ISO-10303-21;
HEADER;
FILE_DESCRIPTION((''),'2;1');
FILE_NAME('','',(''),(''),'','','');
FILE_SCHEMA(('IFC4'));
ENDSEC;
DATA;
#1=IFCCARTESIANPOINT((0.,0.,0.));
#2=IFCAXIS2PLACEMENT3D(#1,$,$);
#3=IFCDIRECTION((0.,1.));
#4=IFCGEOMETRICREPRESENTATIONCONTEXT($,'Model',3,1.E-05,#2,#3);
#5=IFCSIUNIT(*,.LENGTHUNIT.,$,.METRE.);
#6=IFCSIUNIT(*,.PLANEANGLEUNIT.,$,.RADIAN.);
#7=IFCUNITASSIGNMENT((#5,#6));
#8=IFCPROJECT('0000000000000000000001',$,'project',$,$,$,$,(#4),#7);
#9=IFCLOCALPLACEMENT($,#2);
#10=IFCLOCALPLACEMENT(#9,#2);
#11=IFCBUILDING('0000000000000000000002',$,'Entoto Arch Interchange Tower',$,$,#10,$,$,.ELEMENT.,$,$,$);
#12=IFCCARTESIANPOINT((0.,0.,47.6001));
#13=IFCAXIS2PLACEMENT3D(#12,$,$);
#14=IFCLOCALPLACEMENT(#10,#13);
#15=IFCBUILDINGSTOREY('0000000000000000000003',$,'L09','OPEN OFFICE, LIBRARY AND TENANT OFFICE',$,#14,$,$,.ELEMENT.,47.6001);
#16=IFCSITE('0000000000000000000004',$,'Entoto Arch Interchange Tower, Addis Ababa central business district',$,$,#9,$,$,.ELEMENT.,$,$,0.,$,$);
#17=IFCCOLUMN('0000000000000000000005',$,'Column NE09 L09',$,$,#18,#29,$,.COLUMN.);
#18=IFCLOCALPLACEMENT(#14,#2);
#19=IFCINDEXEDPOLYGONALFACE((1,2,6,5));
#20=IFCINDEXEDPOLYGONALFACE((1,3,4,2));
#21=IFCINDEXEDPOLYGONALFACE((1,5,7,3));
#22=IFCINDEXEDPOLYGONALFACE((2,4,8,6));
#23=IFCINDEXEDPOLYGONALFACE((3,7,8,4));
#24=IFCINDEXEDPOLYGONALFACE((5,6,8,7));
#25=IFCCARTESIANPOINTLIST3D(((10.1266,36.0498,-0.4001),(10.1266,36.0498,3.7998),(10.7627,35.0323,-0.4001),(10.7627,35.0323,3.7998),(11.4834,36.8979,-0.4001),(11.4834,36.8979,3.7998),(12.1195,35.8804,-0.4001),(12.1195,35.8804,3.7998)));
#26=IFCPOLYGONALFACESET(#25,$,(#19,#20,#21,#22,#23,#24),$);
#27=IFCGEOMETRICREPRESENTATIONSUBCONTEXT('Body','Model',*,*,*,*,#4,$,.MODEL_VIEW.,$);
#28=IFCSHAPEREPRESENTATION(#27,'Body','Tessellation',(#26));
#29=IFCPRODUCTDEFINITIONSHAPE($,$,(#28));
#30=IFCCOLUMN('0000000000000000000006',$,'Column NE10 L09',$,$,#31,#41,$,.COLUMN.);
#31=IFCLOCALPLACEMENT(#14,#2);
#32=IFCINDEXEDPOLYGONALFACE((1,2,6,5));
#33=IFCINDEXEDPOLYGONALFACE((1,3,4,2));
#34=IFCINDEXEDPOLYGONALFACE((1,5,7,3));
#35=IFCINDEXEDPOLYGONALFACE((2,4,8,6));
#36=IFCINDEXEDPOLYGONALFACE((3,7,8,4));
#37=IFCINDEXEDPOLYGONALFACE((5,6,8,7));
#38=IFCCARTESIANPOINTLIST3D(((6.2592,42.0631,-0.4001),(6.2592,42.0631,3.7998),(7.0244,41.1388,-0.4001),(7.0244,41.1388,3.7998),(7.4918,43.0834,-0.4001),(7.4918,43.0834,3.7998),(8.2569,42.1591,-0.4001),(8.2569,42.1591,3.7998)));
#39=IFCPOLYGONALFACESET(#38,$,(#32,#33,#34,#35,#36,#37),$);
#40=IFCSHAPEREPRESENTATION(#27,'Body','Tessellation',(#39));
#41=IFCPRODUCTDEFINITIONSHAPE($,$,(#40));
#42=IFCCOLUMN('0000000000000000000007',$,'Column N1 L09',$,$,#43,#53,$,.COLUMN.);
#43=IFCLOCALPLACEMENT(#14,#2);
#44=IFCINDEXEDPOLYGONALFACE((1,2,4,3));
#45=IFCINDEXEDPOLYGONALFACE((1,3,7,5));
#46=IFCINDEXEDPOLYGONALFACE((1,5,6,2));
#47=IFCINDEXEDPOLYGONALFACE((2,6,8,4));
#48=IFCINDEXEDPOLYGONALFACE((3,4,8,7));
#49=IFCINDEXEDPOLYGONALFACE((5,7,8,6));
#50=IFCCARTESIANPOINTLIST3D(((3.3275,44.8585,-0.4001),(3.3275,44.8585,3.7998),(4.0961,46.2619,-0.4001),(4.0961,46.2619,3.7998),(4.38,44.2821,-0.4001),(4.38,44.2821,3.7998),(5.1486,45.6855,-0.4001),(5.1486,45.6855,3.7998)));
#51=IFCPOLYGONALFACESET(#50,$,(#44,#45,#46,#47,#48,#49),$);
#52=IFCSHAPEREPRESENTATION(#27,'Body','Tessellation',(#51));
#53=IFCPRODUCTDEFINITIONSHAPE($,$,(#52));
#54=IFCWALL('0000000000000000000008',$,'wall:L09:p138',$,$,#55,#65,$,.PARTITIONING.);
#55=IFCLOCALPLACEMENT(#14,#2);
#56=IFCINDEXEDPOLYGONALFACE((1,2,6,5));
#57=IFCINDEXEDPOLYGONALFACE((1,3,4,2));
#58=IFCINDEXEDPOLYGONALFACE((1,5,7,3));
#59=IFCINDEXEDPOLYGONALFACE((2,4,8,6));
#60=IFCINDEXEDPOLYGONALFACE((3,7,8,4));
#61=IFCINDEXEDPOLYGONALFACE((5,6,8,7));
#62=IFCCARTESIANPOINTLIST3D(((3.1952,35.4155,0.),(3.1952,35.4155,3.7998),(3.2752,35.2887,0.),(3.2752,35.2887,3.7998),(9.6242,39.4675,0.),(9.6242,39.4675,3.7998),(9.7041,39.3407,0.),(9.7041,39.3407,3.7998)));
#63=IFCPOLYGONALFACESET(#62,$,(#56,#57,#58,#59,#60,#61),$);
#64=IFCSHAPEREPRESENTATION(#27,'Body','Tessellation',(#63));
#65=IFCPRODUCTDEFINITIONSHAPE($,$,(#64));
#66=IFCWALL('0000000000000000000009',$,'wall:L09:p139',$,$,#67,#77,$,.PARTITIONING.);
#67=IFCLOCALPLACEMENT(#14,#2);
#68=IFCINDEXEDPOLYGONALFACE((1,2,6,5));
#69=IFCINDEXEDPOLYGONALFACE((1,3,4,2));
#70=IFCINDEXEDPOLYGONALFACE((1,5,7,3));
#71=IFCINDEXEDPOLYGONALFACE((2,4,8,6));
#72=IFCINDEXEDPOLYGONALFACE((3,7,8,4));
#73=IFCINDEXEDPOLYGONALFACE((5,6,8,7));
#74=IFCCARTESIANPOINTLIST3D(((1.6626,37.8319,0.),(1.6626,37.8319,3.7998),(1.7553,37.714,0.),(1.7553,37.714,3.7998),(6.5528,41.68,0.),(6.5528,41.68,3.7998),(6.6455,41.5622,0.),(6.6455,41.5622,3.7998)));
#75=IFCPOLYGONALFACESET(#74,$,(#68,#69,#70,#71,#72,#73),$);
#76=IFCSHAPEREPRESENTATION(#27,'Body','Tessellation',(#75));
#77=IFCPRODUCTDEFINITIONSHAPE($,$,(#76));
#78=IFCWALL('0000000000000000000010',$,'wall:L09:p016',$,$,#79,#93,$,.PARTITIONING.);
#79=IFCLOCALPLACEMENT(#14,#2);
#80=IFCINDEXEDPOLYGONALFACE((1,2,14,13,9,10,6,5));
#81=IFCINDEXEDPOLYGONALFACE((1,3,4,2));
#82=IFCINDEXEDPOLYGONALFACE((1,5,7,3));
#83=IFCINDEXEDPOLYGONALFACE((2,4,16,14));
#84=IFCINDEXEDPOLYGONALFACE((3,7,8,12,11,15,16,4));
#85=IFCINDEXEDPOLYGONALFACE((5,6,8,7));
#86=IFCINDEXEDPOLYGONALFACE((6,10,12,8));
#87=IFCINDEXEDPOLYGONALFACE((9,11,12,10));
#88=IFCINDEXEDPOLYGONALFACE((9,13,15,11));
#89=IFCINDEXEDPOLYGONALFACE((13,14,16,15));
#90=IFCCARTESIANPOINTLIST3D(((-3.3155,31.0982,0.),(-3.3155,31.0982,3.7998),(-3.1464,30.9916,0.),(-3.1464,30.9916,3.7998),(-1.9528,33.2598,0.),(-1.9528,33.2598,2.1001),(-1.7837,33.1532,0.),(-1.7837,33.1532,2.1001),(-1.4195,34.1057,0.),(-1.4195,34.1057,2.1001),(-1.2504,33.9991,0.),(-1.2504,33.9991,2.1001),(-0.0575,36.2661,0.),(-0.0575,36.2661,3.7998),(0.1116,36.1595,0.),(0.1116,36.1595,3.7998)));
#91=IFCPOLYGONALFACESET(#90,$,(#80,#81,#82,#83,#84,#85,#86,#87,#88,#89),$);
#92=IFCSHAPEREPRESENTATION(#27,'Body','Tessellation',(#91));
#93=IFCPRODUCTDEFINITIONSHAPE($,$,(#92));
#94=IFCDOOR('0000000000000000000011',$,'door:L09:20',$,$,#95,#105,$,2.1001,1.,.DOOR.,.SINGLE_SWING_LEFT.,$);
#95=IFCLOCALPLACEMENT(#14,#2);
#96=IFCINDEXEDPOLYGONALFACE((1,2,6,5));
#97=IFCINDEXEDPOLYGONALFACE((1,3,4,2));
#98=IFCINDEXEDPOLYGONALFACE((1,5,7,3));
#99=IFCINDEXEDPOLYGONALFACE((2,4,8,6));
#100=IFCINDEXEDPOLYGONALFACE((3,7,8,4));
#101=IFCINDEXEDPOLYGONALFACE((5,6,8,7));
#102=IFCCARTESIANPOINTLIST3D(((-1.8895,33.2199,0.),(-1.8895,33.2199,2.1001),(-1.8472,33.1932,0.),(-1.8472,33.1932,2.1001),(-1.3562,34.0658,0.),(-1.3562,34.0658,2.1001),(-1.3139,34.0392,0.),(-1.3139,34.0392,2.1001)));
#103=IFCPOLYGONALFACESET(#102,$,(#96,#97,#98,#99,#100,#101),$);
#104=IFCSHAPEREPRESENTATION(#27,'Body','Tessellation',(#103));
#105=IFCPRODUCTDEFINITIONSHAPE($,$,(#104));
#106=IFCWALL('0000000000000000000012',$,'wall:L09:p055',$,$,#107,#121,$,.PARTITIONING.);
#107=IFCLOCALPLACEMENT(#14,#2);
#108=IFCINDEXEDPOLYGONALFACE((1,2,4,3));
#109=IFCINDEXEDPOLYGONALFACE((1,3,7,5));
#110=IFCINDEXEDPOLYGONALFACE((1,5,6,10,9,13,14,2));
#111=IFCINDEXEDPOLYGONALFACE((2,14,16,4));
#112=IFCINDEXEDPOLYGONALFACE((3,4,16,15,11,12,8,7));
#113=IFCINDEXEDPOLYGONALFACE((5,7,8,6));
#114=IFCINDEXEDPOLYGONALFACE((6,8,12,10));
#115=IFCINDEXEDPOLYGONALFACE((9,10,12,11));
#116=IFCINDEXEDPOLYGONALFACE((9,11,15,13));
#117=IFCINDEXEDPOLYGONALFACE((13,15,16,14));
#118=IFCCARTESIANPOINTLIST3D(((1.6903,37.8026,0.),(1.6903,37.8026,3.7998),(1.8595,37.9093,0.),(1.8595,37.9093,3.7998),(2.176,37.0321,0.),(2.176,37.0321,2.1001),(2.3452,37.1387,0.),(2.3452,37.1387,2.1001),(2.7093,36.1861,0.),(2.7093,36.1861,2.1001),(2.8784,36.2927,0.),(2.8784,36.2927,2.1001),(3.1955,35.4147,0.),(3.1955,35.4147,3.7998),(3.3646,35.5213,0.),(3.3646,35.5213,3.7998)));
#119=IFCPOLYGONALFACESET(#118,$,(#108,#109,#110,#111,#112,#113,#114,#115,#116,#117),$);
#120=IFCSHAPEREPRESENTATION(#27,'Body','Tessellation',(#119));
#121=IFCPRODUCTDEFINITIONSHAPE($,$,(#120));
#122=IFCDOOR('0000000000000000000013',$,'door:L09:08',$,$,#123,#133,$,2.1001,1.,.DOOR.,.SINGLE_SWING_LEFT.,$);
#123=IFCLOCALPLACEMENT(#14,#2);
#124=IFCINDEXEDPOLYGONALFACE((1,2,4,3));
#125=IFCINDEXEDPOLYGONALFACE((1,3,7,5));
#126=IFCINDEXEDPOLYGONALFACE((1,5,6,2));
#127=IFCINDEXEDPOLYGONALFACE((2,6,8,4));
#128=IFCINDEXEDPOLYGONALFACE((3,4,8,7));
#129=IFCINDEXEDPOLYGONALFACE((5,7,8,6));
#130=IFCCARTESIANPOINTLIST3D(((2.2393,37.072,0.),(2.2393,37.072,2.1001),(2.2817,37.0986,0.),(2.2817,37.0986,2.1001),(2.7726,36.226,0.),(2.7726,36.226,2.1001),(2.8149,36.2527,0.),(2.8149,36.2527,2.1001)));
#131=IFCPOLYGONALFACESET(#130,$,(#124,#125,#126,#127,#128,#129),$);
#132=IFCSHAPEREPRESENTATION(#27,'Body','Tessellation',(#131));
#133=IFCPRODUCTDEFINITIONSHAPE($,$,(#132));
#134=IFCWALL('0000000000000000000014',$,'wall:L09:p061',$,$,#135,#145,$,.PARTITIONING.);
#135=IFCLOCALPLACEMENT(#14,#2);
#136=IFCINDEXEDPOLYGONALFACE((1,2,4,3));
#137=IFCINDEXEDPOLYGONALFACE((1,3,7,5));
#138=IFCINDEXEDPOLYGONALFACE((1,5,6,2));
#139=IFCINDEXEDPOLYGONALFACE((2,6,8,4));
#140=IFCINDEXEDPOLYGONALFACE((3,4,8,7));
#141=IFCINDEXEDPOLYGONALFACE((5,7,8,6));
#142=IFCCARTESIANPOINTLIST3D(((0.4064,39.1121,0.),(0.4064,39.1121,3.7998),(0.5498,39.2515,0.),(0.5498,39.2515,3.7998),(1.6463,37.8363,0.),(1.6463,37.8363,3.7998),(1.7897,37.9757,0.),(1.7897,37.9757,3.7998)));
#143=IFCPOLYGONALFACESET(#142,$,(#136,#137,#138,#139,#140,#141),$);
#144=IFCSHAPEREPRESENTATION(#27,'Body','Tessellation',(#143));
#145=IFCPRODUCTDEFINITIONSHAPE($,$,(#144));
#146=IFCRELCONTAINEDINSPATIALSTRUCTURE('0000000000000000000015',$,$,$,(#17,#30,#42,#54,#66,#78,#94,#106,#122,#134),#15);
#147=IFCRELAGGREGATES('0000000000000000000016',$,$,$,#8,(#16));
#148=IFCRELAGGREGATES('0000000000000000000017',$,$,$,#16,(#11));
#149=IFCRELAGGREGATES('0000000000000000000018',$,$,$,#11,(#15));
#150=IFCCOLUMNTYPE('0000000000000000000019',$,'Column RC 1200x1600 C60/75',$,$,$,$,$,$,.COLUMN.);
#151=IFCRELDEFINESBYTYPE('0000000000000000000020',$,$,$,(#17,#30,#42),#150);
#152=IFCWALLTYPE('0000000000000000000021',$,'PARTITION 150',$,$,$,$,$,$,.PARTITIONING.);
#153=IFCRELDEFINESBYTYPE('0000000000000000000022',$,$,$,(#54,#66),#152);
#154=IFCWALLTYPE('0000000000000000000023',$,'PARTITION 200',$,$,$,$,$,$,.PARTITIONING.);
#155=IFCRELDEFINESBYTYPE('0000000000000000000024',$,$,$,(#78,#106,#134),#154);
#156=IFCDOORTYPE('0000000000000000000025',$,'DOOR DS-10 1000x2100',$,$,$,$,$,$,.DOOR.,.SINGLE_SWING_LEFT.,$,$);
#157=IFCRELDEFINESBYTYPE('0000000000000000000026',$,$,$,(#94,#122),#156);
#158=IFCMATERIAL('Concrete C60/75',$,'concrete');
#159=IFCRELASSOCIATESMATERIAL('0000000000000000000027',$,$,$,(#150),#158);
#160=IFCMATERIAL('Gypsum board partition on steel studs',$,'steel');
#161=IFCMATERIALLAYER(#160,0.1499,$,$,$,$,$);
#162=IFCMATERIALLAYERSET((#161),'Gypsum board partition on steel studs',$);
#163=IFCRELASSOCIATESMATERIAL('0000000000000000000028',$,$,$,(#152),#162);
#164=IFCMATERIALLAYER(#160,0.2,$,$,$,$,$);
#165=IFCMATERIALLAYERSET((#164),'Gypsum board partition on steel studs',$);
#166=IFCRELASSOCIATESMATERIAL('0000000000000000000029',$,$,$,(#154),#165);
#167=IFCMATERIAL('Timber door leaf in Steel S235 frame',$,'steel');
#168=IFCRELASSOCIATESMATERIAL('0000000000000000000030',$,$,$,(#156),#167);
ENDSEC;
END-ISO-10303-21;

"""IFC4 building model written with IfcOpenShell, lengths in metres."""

from ifc_helpers import new_model, si_unit, direction, frame, frame_2d, origin, origin_2d, place, context, subcontext, project, spatial, rectangle, extrude, material, layer, layer_set, material_profile, profile_set, type_object, element, fill, save


model = new_model("IFC4")

# Units and contexts
model_context = context("Model", 3, precision=1e-05, world=origin(), true_north=direction((0.0, 1.0)))
body_context = subcontext(model_context, "Body", "Model", "MODEL_VIEW")
ifc_project = project(units=[si_unit("LENGTHUNIT", "METRE"), si_unit("PLANEANGLEUNIT", "RADIAN")], contexts=[model_context])

# Site, building, storey
site_placement = place(None, origin())
site = spatial("IfcSite", under=ifc_project, at=site_placement, Name="Entoto Arch Interchange Tower, Addis Ababa central business district", CompositionType="ELEMENT", RefElevation=0.0)
building_placement = place(site_placement, origin())
building = spatial("IfcBuilding", under=site, at=building_placement, Name="Entoto Arch Interchange Tower", CompositionType="ELEMENT")
storey_placement = place(building_placement, frame((0.0, 0.0, 47.6001)))
storey = spatial("IfcBuildingStorey", under=building, at=storey_placement, Name="L09", Description="OPEN OFFICE, LIBRARY AND TENANT OFFICE", CompositionType="ELEMENT", Elevation=47.6001)

# Columns
ifc_material_1 = material(Name="Concrete C60/75", Category="concrete")
ifc_material_profile = material_profile(ifc_material_1, rectangle(XDim=1.2, YDim=1.6001, at=origin_2d()))
ifc_profile_set = profile_set([ifc_material_profile], Name="Concrete C60/75")
column_type = type_object("IfcColumnType", Name="Column RC 1200x1600 C60/75", PredefinedType="COLUMN", material=ifc_profile_set)
for number, where, z_axis, x_axis, name in (
    (1, (11.123, 35.9651, -0.4001), (0.0, 0.0, 1.0), (-0.530067, 0.847956, 0.0), "Column NE09 L09"),
    (2, (7.2581, 42.1111, -0.4001), (0.0, 0.0, 1.0), (-0.637666, 0.770313, 0.0), "Column NE10 L09"),
    (3, (4.238, 45.272, -0.4001), (0.0, 0.0, 1.0), (-0.877079, 0.480346, 0.0), "Column N1 L09"),
):
    element("IfcColumn", number, at=place(storey_placement, frame(where, z_axis=z_axis, x_axis=x_axis)), inside=storey, type_object=column_type, Name=name, PredefinedType="COLUMN", context=body_context, shape_type="SweptSolid", body=[
        extrude(rectangle(XDim=1.2, YDim=1.6001, at=origin_2d()), origin(), (0.0, 0.0, 1.0), 4.2),
    ])

# Walls
ifc_material_2 = material(Name="Gypsum board partition on steel studs", Category="steel")
ifc_layer_1 = layer(ifc_material_2, 0.1499)
ifc_layer_set_1 = layer_set([ifc_layer_1], Name="Gypsum board partition on steel studs")
wall_type_1 = type_object("IfcWallType", Name="PARTITION 150", PredefinedType="PARTITIONING", material=ifc_layer_set_1)
wall_1_placement = place(storey_placement, frame((3.2351, 35.3521, 0.0), z_axis=(0.0, 0.0, 1.0), x_axis=(0.845987, 0.533203, 0.0)))
element("IfcWall", 4, at=wall_1_placement, inside=storey, type_object=wall_type_1, Name="wall:L09:p138", PredefinedType="PARTITIONING", context=body_context, shape_type="SweptSolid", body=[
    extrude(rectangle(XDim=7.5994, YDim=0.1499, at=frame_2d((3.7998, 0.0))), origin(), (0.0, 0.0, 1.0), 3.7998),
])
wall_2_placement = place(storey_placement, frame((1.709, 37.7729, 0.0), z_axis=(0.0, 0.0, 1.0), x_axis=(0.785858, 0.618407, 0.0)))
element("IfcWall", 5, at=wall_2_placement, inside=storey, type_object=wall_type_1, Name="wall:L09:p139", PredefinedType="PARTITIONING", context=body_context, shape_type="SweptSolid", body=[
    extrude(rectangle(XDim=6.2227, YDim=0.1499, at=frame_2d((3.1113, 0.0))), origin(), (0.0, 0.0, 1.0), 3.7998),
])

# Walls, openings, doors
ifc_layer_2 = layer(ifc_material_2, 0.2)
ifc_layer_set_2 = layer_set([ifc_layer_2], Name="Gypsum board partition on steel studs")
wall_type_2 = type_object("IfcWallType", Name="PARTITION 200", PredefinedType="PARTITIONING", material=ifc_layer_set_2)
wall_3_placement = place(storey_placement, frame((0.0271, 36.2129, 0.0), z_axis=(0.0, 0.0, 1.0), x_axis=(-0.5333, -0.845926, 0.0)))
wall_3 = element("IfcWall", 6, at=wall_3_placement, inside=storey, type_object=wall_type_2, Name="wall:L09:p016", PredefinedType="PARTITIONING", context=body_context, shape_type="SweptSolid", body=[
    extrude(rectangle(XDim=6.1091, YDim=0.2, at=frame_2d((3.0547, 0.0))), origin(), (0.0, 0.0, 1.0), 3.7998),
])
opening_1_placement = place(wall_3_placement, frame((2.554, 0.0, 0.0)))
opening_1 = element("IfcOpeningElement", 7, at=opening_1_placement, cuts=wall_3, PredefinedType="OPENING", context=body_context, shape_type="SweptSolid", body=[
    extrude(rectangle(XDim=1.0, YDim=2.1001, at=frame_2d((0.5, 1.05))), frame((0.0, 0.1099, 0.0), z_axis=(0.0, -1.0, 0.0), x_axis=(1.0, 0.0, 0.0)), (0.0, 0.0, 1.0), 0.22),
])
ifc_material_3 = material(Name="Timber door leaf in Steel S235 frame", Category="steel")
door_type = type_object("IfcDoorType", Name="DOOR DS-10 1000x2100", OperationType="SINGLE_SWING_LEFT", PredefinedType="DOOR", material=ifc_material_3)
door_1_placement = place(opening_1_placement, origin())
door_1 = element("IfcDoor", 8, at=door_1_placement, inside=storey, type_object=door_type, Name="door:L09:20", OperationType="SINGLE_SWING_LEFT", OverallHeight=2.1001, OverallWidth=1.0, PredefinedType="DOOR", context=body_context, shape_type="SweptSolid", body=[
    extrude(rectangle(XDim=1.0, YDim=2.1001, at=frame_2d((0.5, 1.05))), frame((0.0, 0.0249, 0.0), z_axis=(0.0, -1.0, 0.0), x_axis=(1.0, 0.0, 0.0)), (0.0, 0.0, 1.0), 0.05),
])
fill(opening_1, door_1)
wall_4_placement = place(storey_placement, frame((1.7749, 37.856, 0.0), z_axis=(0.0, 0.0, 1.0), x_axis=(0.533222, -0.845976, 0.0)))
wall_4 = element("IfcWall", 9, at=wall_4_placement, inside=storey, type_object=wall_type_2, Name="wall:L09:p055", PredefinedType="PARTITIONING", context=body_context, shape_type="SweptSolid", body=[
    extrude(rectangle(XDim=2.8228, YDim=0.2, at=frame_2d((1.4114, 0.0))), origin(), (0.0, 0.0, 1.0), 3.7998),
])
opening_2_placement = place(wall_4_placement, frame((0.9109, 0.0, 0.0)))
opening_2 = element("IfcOpeningElement", 10, at=opening_2_placement, cuts=wall_4, PredefinedType="OPENING", context=body_context, shape_type="SweptSolid", body=[
    extrude(rectangle(XDim=1.0, YDim=2.1001, at=frame_2d((0.5, 1.05))), frame((0.0, 0.1099, 0.0), z_axis=(0.0, -1.0, 0.0), x_axis=(1.0, 0.0, 0.0)), (0.0, 0.0, 1.0), 0.22),
])
door_2_placement = place(opening_2_placement, origin())
door_2 = element("IfcDoor", 11, at=door_2_placement, inside=storey, type_object=door_type, Name="door:L09:08", OperationType="SINGLE_SWING_LEFT", OverallHeight=2.1001, OverallWidth=1.0, PredefinedType="DOOR", context=body_context, shape_type="SweptSolid", body=[
    extrude(rectangle(XDim=1.0, YDim=2.1001, at=frame_2d((0.5, 1.05))), frame((0.0, 0.0249, 0.0), z_axis=(0.0, -1.0, 0.0), x_axis=(1.0, 0.0, 0.0)), (0.0, 0.0, 1.0), 0.05),
])
fill(opening_2, door_2)

# Wall
wall_5_placement = place(storey_placement, frame((0.478, 39.1819, 0.0), z_axis=(0.0, 0.0, 1.0), x_axis=(0.696949, -0.717121, 0.0)))
element("IfcWall", 12, at=wall_5_placement, inside=storey, type_object=wall_type_2, Name="wall:L09:p061", PredefinedType="PARTITIONING", context=body_context, shape_type="SweptSolid", body=[
    extrude(rectangle(XDim=1.7791, YDim=0.2, at=frame_2d((0.8896, 0.0))), origin(), (0.0, 0.0, 1.0), 3.7998),
])

save(model, "model.ifc")
